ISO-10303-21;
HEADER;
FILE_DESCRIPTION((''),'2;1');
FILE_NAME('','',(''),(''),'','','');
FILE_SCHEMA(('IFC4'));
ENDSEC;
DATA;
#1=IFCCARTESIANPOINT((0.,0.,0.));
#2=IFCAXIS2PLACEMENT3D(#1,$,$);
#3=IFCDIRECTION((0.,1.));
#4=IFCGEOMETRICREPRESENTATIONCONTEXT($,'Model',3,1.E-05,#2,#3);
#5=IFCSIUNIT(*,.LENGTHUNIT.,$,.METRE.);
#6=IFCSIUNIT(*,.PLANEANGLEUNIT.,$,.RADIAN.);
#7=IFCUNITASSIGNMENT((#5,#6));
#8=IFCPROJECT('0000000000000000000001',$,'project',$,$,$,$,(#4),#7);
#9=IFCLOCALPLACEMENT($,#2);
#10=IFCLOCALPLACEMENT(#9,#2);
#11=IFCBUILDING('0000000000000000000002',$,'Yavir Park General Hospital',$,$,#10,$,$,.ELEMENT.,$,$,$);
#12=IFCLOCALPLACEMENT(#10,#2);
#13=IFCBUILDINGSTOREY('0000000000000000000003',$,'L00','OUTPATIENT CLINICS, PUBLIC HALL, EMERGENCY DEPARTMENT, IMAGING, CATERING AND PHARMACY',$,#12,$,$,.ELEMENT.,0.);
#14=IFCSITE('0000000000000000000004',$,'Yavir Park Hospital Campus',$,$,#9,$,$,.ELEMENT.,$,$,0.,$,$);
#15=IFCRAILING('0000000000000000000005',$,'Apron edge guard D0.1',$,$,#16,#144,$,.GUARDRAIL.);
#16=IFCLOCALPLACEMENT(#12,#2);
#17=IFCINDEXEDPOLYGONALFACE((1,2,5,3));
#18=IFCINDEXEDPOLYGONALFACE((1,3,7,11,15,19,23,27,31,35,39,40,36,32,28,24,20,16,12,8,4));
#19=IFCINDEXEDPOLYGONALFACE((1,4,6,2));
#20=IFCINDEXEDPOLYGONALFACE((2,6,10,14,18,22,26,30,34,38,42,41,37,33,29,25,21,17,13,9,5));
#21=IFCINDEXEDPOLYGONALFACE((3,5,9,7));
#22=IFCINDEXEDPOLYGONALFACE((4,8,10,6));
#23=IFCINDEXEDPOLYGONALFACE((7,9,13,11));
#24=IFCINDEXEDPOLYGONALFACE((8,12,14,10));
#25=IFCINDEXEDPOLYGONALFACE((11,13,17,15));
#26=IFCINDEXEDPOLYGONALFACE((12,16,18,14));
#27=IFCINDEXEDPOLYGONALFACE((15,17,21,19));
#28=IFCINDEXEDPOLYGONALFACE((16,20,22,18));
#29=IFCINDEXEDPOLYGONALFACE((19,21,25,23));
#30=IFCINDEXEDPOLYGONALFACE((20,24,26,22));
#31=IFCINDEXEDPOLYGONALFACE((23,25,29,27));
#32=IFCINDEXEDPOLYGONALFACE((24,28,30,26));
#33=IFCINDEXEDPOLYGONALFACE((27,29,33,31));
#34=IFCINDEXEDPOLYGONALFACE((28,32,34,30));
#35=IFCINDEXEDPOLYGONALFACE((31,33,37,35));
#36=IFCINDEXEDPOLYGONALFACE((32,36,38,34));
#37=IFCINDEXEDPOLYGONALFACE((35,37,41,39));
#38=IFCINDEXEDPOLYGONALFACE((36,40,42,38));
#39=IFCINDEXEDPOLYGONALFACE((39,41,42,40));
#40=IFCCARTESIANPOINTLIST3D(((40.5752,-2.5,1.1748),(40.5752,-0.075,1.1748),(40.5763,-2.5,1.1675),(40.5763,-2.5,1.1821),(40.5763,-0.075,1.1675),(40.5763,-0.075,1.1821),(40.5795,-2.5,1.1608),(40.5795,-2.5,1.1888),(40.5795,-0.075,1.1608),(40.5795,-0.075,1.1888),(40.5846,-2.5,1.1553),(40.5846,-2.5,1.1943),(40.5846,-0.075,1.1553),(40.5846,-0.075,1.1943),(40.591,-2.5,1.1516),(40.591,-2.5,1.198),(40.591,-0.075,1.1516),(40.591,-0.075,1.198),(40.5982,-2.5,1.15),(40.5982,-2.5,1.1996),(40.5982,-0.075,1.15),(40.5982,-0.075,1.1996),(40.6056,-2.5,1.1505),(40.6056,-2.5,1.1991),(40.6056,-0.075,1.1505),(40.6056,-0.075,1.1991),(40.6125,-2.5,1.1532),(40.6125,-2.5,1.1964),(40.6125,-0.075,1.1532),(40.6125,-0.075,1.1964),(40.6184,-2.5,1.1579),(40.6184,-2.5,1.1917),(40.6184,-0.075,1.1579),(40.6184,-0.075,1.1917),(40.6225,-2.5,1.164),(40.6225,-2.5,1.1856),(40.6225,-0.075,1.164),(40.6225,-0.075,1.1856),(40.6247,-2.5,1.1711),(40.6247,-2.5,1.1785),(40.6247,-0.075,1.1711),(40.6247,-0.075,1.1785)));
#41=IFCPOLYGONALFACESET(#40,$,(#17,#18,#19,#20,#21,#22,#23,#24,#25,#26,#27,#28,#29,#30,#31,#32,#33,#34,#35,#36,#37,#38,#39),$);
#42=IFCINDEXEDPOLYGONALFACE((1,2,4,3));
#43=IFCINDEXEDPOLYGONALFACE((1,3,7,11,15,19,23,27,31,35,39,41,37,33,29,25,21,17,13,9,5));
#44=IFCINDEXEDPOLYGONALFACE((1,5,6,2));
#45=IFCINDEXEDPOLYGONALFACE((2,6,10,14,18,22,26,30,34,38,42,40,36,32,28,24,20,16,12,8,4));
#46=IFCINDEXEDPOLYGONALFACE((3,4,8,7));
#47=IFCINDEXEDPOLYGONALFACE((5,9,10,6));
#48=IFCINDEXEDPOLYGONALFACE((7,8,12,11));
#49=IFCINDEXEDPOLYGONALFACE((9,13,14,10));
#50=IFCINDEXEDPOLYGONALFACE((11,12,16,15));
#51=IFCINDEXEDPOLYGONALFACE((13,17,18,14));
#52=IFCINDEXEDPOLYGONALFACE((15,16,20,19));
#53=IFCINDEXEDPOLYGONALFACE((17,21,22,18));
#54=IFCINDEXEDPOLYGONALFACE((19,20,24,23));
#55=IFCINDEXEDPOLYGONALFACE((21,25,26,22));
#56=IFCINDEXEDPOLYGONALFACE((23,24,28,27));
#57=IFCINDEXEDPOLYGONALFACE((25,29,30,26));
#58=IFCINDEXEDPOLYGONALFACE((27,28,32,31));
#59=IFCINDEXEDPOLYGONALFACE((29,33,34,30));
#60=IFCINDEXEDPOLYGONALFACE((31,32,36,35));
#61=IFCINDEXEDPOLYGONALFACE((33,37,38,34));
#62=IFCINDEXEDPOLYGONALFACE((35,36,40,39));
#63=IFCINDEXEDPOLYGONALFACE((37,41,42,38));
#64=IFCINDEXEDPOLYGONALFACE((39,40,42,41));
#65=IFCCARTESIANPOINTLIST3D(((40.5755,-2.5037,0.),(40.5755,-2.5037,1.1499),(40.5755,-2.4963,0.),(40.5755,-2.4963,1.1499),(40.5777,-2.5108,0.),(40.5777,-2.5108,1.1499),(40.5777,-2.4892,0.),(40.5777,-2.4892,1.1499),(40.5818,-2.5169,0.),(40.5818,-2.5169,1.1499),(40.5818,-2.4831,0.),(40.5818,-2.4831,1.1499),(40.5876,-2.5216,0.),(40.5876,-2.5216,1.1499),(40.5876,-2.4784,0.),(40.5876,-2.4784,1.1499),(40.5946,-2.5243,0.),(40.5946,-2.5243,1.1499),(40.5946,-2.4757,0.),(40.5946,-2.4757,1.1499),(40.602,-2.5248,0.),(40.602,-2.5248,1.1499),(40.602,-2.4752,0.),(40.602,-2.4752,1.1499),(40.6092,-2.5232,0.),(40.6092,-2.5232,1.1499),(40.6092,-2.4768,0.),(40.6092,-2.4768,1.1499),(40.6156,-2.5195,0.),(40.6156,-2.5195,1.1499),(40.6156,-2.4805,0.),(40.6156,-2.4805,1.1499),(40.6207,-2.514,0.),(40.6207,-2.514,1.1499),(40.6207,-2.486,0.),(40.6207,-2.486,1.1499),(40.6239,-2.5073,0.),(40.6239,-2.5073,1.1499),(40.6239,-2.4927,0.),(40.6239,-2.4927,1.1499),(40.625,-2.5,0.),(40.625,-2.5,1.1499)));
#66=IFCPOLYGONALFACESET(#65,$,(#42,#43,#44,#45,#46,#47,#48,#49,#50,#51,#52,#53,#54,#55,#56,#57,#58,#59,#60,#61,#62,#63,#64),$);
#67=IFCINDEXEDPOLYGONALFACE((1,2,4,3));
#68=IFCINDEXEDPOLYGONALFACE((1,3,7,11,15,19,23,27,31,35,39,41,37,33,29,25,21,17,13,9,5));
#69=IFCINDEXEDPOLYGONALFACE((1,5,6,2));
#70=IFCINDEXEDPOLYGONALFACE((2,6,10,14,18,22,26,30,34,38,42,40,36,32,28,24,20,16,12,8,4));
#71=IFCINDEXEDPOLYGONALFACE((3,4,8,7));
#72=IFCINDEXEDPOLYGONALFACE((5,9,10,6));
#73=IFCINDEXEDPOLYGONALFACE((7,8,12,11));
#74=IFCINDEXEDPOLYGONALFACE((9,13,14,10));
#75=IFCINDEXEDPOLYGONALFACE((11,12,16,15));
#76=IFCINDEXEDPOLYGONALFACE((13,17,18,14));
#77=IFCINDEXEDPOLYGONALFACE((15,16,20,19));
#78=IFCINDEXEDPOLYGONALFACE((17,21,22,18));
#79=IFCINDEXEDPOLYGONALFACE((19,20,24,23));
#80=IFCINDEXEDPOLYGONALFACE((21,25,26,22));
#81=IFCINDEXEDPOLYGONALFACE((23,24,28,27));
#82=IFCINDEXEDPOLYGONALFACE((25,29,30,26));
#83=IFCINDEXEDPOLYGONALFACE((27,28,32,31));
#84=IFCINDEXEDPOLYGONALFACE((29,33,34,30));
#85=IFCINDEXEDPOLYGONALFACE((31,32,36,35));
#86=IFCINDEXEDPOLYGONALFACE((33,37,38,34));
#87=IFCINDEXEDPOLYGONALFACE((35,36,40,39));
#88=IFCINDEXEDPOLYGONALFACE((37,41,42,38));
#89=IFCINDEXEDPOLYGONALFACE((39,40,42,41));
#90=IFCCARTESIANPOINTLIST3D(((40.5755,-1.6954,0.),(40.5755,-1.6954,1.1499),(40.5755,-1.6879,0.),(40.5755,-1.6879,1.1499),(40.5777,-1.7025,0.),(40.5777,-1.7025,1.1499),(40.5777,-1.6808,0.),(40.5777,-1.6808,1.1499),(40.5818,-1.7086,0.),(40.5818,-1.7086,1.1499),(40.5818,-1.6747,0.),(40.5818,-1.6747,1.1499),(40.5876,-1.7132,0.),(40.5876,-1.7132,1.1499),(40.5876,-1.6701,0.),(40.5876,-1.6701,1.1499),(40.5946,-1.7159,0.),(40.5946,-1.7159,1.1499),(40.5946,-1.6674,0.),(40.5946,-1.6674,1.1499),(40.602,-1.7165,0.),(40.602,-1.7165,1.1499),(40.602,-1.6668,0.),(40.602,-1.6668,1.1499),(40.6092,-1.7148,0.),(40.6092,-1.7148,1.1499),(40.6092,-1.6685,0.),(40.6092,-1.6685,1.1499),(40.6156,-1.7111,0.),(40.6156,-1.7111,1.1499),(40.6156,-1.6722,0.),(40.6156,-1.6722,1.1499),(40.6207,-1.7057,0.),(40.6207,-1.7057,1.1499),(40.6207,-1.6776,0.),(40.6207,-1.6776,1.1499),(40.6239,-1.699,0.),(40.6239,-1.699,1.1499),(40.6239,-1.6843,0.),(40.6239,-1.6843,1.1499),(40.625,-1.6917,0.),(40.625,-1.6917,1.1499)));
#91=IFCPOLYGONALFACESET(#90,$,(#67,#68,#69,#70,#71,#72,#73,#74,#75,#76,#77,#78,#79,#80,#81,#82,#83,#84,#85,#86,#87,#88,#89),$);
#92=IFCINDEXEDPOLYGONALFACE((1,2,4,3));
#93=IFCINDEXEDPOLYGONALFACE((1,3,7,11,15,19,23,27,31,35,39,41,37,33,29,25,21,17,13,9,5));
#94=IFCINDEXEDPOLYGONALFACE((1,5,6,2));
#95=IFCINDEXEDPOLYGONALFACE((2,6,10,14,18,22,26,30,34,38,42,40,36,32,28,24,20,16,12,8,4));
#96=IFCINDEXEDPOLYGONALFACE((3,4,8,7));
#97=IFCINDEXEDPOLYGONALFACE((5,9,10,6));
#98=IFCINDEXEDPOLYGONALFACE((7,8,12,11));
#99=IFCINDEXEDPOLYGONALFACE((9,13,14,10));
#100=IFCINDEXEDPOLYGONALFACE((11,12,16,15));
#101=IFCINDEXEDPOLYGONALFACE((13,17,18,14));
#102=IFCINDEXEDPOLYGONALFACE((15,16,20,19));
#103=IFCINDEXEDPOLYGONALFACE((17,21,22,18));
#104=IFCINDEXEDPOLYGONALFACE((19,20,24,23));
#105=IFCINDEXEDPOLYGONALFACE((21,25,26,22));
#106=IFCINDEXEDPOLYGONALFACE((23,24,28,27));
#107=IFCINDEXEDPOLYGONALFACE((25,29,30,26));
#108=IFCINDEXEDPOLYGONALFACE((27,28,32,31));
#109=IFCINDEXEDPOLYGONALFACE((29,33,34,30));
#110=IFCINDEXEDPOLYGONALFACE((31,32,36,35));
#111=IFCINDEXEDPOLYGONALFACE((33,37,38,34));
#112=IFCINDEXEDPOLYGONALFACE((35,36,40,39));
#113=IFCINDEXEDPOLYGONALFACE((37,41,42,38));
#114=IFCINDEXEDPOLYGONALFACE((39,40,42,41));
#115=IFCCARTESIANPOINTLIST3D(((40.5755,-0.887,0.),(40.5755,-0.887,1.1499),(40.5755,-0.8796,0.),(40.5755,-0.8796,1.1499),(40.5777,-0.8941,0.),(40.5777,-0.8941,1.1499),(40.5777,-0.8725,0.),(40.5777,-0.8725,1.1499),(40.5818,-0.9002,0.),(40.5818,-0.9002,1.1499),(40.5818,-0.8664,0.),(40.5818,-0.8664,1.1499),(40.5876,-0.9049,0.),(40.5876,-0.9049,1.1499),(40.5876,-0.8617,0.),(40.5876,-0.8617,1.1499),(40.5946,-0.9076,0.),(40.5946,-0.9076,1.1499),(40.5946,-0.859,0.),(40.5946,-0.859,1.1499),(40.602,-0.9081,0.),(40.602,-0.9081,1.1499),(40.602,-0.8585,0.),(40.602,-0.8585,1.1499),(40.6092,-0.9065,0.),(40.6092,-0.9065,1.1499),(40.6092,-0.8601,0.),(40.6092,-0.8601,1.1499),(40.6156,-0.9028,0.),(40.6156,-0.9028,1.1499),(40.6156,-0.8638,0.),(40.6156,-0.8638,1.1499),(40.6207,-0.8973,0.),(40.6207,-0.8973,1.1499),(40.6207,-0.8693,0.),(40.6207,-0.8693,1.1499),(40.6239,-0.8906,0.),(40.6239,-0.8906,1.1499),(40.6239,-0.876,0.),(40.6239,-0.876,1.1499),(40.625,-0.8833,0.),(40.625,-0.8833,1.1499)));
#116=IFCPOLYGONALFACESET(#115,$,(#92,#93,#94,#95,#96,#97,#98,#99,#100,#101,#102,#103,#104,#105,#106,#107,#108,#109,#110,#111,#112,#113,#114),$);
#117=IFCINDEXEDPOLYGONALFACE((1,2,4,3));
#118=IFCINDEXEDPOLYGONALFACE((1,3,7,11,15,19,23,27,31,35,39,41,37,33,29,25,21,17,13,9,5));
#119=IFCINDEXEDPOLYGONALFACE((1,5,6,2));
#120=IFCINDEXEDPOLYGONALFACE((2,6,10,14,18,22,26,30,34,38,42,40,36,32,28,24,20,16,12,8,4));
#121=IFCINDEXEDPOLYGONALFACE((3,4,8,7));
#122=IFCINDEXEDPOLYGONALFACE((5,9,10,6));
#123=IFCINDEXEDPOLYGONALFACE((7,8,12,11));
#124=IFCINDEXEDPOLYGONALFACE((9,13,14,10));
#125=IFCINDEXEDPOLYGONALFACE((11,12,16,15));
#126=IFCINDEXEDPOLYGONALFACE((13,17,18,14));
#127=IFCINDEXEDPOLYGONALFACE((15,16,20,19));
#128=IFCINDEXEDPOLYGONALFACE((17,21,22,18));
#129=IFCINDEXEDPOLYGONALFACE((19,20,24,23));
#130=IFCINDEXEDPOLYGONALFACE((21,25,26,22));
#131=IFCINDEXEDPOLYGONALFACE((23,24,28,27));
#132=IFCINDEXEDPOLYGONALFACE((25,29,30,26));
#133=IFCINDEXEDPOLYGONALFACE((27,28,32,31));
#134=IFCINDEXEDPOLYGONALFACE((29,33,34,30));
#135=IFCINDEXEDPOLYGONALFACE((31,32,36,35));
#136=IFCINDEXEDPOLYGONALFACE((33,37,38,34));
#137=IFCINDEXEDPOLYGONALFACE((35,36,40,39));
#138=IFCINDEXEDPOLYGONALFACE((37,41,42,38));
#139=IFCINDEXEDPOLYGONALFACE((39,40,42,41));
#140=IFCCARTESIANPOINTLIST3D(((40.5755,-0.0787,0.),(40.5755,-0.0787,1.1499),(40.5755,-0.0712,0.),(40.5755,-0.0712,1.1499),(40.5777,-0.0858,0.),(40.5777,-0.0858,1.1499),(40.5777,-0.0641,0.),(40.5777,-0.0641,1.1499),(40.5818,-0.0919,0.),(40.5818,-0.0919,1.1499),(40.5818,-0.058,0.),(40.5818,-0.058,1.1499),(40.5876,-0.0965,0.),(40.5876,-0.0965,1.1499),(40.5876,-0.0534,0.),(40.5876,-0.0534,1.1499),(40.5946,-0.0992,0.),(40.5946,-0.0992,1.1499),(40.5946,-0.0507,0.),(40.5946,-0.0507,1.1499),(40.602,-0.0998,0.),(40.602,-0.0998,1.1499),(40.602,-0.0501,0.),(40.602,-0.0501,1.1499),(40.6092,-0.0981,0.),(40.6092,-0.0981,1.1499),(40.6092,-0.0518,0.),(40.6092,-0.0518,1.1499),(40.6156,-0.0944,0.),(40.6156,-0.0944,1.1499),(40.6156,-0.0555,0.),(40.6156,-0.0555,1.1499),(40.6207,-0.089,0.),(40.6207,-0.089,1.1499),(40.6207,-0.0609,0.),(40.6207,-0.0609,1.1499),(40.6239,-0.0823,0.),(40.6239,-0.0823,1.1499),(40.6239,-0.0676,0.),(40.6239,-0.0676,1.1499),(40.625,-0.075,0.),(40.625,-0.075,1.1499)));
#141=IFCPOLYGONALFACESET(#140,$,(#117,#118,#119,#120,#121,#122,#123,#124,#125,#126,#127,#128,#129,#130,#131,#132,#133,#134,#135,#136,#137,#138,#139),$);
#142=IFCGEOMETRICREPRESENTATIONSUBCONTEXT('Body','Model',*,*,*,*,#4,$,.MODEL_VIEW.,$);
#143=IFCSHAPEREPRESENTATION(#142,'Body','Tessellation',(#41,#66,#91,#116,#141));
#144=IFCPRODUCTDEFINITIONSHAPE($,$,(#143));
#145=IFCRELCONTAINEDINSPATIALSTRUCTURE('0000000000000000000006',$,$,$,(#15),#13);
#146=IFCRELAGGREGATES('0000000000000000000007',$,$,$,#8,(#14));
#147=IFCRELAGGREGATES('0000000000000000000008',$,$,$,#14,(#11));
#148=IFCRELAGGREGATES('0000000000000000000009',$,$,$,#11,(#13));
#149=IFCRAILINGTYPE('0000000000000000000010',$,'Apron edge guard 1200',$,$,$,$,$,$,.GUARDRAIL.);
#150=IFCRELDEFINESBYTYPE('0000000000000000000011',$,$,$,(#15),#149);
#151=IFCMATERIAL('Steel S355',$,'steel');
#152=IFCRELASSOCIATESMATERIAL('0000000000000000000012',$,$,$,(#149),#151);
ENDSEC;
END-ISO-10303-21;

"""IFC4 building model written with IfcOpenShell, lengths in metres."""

from ifc_helpers import new_model, si_unit, direction, frame, origin, origin_2d, place, context, subcontext, project, spatial, circle, extrude, material, type_object, element, save


model = new_model("IFC4")

# Units and contexts
model_context = context("Model", 3, precision=1e-05, world=origin(), true_north=direction((0.0, 1.0)))
body_context = subcontext(model_context, "Body", "Model", "MODEL_VIEW")
ifc_project = project(units=[si_unit("LENGTHUNIT", "METRE"), si_unit("PLANEANGLEUNIT", "RADIAN")], contexts=[model_context])

# Site, building, storey
site_placement = place(None, origin())
site = spatial("IfcSite", under=ifc_project, at=site_placement, Name="Yavir Park Hospital Campus", CompositionType="ELEMENT", RefElevation=0.0)
building_placement = place(site_placement, origin())
building = spatial("IfcBuilding", under=site, at=building_placement, Name="Yavir Park General Hospital", CompositionType="ELEMENT")
storey_placement = place(building_placement, origin())
storey = spatial("IfcBuildingStorey", under=building, at=storey_placement, Name="L00", Description="OUTPATIENT CLINICS, PUBLIC HALL, EMERGENCY DEPARTMENT, IMAGING, CATERING AND PHARMACY", CompositionType="ELEMENT", Elevation=0.0)

# Railing
ifc_material_1 = material(Name="Steel S355", Category="steel")
railing_type = type_object("IfcRailingType", Name="Apron edge guard 1200", PredefinedType="GUARDRAIL", material=ifc_material_1)
railing_placement = place(storey_placement, frame((40.6001, -2.5, 0.0)))
element("IfcRailing", 1, at=railing_placement, inside=storey, type_object=railing_type, Name="Apron edge guard D0.1", PredefinedType="GUARDRAIL", context=body_context, shape_type="SweptSolid", body=[
    extrude(circle(Radius=0.0249, at=origin_2d()), frame((0.0, 0.0, 1.1748), z_axis=(0.0, 1.0, 0.0), x_axis=(-1.0, 0.0, 0.0)), (0.0, 0.0, 1.0), 2.425),
    extrude(circle(Radius=0.0249, at=origin_2d()), origin(), (0.0, 0.0, 1.0), 1.1499),
    extrude(circle(Radius=0.0249, at=origin_2d()), frame((0.0, 0.8083, 0.0)), (0.0, 0.0, 1.0), 1.1499),
    extrude(circle(Radius=0.0249, at=origin_2d()), frame((0.0, 1.6167, 0.0)), (0.0, 0.0, 1.0), 1.1499),
    extrude(circle(Radius=0.0249, at=origin_2d()), frame((0.0, 2.425, 0.0)), (0.0, 0.0, 1.0), 1.1499),
])

save(model, "model.ifc")
